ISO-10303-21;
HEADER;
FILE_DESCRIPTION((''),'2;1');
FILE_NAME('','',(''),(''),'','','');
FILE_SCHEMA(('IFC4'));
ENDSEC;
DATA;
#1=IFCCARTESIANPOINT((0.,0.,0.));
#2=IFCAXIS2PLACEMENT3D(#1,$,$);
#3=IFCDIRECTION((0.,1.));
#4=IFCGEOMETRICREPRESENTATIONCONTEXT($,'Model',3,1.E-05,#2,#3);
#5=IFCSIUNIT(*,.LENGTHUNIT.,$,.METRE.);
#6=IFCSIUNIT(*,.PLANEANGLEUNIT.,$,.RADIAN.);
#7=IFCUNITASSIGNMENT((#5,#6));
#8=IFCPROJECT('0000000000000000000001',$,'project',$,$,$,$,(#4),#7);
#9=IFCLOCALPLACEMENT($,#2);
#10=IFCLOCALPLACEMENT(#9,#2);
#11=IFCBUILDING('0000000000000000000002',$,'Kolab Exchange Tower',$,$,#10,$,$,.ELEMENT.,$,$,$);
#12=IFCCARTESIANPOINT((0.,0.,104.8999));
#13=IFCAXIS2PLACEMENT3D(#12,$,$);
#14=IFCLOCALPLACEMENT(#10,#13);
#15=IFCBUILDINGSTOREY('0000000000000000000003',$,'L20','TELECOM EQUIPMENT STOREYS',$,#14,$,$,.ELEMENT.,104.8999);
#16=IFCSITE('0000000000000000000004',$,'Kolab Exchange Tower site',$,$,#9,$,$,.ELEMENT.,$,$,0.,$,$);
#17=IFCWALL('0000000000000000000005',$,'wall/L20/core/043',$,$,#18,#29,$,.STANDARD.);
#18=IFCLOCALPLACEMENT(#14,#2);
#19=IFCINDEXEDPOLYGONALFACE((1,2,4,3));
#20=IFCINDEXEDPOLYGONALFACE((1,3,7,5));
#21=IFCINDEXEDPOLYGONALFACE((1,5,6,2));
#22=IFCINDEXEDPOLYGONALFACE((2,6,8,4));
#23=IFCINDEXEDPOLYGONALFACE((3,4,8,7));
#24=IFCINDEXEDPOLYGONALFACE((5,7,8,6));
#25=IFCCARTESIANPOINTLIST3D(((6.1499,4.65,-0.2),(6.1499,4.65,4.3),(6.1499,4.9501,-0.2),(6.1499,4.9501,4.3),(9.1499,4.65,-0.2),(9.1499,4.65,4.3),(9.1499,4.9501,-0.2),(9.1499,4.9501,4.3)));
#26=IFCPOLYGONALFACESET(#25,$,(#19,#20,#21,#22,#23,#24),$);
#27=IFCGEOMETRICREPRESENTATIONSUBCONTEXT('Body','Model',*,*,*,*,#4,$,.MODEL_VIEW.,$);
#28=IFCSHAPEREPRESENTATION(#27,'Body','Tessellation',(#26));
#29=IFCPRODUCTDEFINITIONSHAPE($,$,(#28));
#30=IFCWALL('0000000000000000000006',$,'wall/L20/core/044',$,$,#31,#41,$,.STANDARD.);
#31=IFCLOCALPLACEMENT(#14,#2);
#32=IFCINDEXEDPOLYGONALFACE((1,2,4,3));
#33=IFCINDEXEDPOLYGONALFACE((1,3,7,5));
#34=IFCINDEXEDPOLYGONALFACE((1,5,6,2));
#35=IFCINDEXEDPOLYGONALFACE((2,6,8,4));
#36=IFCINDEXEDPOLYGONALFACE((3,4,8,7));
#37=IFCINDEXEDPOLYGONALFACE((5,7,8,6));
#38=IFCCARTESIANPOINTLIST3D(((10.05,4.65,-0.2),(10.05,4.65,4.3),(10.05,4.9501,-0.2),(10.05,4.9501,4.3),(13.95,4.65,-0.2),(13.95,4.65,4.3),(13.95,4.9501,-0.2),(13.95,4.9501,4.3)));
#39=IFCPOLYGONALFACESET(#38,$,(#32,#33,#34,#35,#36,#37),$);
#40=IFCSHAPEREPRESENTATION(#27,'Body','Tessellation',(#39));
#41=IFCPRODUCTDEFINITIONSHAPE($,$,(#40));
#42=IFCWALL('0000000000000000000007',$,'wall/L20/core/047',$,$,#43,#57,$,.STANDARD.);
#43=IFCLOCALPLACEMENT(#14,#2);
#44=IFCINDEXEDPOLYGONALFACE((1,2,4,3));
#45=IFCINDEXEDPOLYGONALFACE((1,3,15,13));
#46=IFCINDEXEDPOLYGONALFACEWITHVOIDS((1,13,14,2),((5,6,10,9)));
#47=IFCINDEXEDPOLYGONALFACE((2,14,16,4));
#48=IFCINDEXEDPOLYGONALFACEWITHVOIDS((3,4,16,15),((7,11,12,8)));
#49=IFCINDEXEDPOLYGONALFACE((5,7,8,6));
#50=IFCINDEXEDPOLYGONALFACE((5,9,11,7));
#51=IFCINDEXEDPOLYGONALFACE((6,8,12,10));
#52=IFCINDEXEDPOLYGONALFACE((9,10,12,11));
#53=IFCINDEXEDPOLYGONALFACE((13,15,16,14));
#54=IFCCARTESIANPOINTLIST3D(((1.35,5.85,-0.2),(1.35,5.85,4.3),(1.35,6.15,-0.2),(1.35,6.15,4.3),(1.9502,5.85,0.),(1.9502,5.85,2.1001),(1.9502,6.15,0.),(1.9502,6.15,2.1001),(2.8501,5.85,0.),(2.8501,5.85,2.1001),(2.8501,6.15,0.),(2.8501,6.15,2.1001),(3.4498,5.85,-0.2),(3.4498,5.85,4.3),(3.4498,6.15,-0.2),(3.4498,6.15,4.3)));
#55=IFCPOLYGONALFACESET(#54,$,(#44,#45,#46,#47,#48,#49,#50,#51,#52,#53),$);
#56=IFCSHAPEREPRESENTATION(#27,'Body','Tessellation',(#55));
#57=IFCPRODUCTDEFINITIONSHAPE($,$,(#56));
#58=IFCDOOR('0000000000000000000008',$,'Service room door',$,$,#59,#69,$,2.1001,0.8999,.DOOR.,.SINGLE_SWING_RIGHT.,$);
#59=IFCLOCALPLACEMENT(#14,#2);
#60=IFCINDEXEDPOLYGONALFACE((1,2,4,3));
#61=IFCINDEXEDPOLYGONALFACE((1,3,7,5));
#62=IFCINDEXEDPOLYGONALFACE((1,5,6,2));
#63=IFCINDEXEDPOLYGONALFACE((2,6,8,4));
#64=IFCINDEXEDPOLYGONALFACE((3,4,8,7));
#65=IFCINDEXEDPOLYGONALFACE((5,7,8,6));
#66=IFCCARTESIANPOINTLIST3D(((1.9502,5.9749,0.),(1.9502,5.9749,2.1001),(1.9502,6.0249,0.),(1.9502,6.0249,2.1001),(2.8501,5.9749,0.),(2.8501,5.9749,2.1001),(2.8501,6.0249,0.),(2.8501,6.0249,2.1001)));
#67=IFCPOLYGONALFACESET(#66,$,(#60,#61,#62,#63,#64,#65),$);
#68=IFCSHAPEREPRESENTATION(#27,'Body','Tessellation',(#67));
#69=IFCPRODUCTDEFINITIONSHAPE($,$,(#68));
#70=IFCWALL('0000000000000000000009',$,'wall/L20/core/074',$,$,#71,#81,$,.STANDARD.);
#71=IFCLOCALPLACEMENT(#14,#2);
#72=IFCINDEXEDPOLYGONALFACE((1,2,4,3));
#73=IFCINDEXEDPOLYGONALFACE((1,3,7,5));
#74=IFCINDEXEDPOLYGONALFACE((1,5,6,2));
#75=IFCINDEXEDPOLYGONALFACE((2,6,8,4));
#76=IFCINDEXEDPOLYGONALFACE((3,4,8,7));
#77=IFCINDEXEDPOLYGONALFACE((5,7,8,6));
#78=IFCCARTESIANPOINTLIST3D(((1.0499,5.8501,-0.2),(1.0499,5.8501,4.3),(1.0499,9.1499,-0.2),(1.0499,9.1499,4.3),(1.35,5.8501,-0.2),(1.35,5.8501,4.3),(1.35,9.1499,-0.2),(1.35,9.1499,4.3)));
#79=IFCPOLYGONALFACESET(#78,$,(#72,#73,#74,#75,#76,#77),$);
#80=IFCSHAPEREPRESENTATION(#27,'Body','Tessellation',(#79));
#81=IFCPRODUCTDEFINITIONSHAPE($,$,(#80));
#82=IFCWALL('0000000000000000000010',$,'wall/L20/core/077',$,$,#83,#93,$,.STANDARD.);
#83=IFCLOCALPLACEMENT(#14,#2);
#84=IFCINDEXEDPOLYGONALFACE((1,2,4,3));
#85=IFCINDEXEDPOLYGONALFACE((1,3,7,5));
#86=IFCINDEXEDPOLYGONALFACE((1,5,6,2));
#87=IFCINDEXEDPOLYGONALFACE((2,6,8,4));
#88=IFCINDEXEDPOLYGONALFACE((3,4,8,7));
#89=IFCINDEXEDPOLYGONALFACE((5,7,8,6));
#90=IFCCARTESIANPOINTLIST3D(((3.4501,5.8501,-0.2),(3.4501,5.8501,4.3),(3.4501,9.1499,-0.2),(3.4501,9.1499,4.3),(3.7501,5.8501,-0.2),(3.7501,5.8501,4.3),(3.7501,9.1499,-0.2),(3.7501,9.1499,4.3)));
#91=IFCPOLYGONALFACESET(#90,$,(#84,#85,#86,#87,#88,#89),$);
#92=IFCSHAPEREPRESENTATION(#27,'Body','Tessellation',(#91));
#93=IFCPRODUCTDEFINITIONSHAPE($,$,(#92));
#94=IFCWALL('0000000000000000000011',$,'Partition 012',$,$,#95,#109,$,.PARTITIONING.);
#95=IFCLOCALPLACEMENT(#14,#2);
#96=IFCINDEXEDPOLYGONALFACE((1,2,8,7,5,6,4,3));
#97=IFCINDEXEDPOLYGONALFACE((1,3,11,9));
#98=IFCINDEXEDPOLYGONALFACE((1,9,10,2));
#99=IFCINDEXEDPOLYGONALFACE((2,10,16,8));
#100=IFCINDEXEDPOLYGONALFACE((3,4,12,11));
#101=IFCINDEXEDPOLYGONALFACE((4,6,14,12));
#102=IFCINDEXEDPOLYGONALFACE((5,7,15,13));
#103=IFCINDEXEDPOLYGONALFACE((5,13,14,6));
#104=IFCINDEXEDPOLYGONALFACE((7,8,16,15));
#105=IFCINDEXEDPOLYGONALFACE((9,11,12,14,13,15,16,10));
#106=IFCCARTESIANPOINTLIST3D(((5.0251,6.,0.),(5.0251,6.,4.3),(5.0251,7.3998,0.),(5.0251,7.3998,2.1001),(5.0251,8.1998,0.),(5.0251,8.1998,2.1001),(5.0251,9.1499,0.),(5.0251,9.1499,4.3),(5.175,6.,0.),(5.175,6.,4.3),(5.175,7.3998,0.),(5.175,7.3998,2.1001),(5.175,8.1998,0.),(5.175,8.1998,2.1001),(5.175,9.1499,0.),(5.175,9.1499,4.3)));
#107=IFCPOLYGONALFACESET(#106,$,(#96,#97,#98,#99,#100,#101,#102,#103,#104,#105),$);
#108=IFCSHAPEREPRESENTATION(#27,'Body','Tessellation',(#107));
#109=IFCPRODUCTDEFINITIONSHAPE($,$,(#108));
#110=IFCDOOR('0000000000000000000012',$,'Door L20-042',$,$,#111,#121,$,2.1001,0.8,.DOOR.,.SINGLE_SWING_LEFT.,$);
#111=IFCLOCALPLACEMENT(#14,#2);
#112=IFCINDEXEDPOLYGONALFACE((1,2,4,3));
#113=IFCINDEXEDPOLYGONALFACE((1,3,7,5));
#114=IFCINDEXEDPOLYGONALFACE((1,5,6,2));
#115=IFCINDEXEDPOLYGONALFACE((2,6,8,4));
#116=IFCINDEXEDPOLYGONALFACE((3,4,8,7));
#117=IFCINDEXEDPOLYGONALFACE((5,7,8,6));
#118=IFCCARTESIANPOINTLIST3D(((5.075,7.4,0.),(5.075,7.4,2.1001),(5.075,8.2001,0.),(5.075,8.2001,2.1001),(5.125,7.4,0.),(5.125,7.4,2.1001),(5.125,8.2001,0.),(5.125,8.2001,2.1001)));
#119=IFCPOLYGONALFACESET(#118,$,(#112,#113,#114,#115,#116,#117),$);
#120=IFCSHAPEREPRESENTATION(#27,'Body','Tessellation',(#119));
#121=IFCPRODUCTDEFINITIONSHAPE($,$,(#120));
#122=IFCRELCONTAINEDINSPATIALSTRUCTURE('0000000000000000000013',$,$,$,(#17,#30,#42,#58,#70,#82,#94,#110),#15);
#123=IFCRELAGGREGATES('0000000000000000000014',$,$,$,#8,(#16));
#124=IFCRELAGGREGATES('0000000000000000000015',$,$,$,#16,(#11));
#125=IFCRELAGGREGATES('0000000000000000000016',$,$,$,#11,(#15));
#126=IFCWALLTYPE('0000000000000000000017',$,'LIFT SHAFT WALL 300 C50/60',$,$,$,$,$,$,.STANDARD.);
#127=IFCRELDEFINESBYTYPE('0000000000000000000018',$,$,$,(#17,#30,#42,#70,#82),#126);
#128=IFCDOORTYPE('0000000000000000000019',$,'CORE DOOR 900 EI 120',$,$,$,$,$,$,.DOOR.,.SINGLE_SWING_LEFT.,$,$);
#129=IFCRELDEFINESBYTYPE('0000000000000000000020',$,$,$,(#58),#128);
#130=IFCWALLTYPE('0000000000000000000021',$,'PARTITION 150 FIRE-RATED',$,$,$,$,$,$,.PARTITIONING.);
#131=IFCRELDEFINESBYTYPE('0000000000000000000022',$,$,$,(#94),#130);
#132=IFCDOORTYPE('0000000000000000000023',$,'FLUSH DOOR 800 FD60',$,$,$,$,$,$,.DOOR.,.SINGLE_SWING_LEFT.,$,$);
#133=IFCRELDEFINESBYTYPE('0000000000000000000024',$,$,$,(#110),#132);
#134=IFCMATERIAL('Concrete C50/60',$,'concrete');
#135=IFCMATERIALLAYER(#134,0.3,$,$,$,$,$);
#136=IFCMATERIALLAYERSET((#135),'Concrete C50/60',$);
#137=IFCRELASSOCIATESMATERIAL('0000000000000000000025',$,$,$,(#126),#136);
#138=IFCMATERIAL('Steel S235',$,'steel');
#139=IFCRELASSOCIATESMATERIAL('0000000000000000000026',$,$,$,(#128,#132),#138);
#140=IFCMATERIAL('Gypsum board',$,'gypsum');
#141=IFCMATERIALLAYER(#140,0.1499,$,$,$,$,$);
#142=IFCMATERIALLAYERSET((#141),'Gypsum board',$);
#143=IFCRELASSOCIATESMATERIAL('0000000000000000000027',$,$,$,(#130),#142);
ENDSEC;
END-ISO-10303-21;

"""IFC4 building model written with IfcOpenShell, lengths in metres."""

from ifc_helpers import new_model, si_unit, direction, frame, frame_2d, origin, place, context, subcontext, project, spatial, rectangle, extrude, material, layer, layer_set, type_object, element, fill, save


model = new_model("IFC4")

# Units and contexts
model_context = context("Model", 3, precision=1e-05, world=origin(), true_north=direction((0.0, 1.0)))
body_context = subcontext(model_context, "Body", "Model", "MODEL_VIEW")
ifc_project = project(units=[si_unit("LENGTHUNIT", "METRE"), si_unit("PLANEANGLEUNIT", "RADIAN")], contexts=[model_context])

# Site, building, storey
site_placement = place(None, origin())
site = spatial("IfcSite", under=ifc_project, at=site_placement, Name="Kolab Exchange Tower site", CompositionType="ELEMENT", RefElevation=0.0)
building_placement = place(site_placement, origin())
building = spatial("IfcBuilding", under=site, at=building_placement, Name="Kolab Exchange Tower", CompositionType="ELEMENT")
storey_placement = place(building_placement, frame((0.0, 0.0, 104.8999)))
storey = spatial("IfcBuildingStorey", under=building, at=storey_placement, Name="L20", Description="TELECOM EQUIPMENT STOREYS", CompositionType="ELEMENT", Elevation=104.8999)

# Shared definitions
ifc_material_1 = material(Name="Concrete C50/60", Category="concrete")

# Shared definitions
ifc_layer_1 = layer(ifc_material_1, 0.3)
ifc_layer_set_1 = layer_set([ifc_layer_1], Name="Concrete C50/60")
wall_type_1 = type_object("IfcWallType", Name="LIFT SHAFT WALL 300 C50/60", PredefinedType="STANDARD", material=ifc_layer_set_1)

# Shared definitions
ifc_material_2 = material(Name="Steel S235", Category="steel")
door_type_1 = type_object("IfcDoorType", Name="CORE DOOR 900 EI 120", OperationType="SINGLE_SWING_LEFT", PredefinedType="DOOR", material=ifc_material_2)

# Walls
wall_1_placement = place(storey_placement, frame((6.1499, 4.8, -0.2), z_axis=(0.0, 0.0, 1.0), x_axis=(1.0, 0.0, 0.0)))
element("IfcWall", 1, at=wall_1_placement, inside=storey, type_object=wall_type_1, Name="wall/L20/core/043", PredefinedType="STANDARD", context=body_context, shape_type="SweptSolid", body=[
    extrude(rectangle(XDim=3.0, YDim=0.3, at=frame_2d((1.5, 0.0))), origin(), (0.0, 0.0, 1.0), 4.5),
])
wall_2_placement = place(storey_placement, frame((10.05, 4.8, -0.2), z_axis=(0.0, 0.0, 1.0), x_axis=(1.0, 0.0, 0.0)))
element("IfcWall", 2, at=wall_2_placement, inside=storey, type_object=wall_type_1, Name="wall/L20/core/044", PredefinedType="STANDARD", context=body_context, shape_type="SweptSolid", body=[
    extrude(rectangle(XDim=3.8999, YDim=0.3, at=frame_2d((1.95, 0.0))), origin(), (0.0, 0.0, 1.0), 4.5),
])

# Wall, opening, door
wall_3_placement = place(storey_placement, frame((1.3501, 6.0, -0.2), z_axis=(0.0, 0.0, 1.0), x_axis=(1.0, 0.0, 0.0)))
wall_3 = element("IfcWall", 3, at=wall_3_placement, inside=storey, type_object=wall_type_1, Name="wall/L20/core/047", PredefinedType="STANDARD", context=body_context, shape_type="SweptSolid", body=[
    extrude(rectangle(XDim=2.0999, YDim=0.3, at=frame_2d((1.0498, 0.0))), origin(), (0.0, 0.0, 1.0), 4.5),
])
opening_1_placement = place(wall_3_placement, frame((0.6001, 0.0, 0.2)))
opening_1 = element("IfcOpeningElement", 4, at=opening_1_placement, cuts=wall_3, PredefinedType="OPENING", context=body_context, shape_type="SweptSolid", body=[
    extrude(rectangle(XDim=0.8999, YDim=2.1001, at=frame_2d((0.45, 1.05))), frame((0.0, 0.1602, 0.0), z_axis=(0.0, -1.0, 0.0), x_axis=(1.0, 0.0, 0.0)), (0.0, 0.0, 1.0), 0.3201),
])
door_1_placement = place(opening_1_placement, origin())
door_1 = element("IfcDoor", 5, at=door_1_placement, inside=storey, type_object=door_type_1, Name="Service room door", OperationType="SINGLE_SWING_RIGHT", OverallHeight=2.1001, OverallWidth=0.8999, PredefinedType="DOOR", context=body_context, shape_type="SweptSolid", body=[
    extrude(rectangle(XDim=0.8999, YDim=2.1001, at=frame_2d((0.45, 1.05))), frame((0.0, 0.0249, 0.0), z_axis=(0.0, -1.0, 0.0), x_axis=(1.0, 0.0, 0.0)), (0.0, 0.0, 1.0), 0.05),
])
fill(opening_1, door_1)

# Walls
for number, where, z_axis, x_axis, name in (
    (6, (1.2, 5.8501, -0.2), (0.0, 0.0, 1.0), (0.0, 1.0, 0.0), "wall/L20/core/074"),
    (7, (3.6001, 5.8501, -0.2), (0.0, 0.0, 1.0), (0.0, 1.0, 0.0), "wall/L20/core/077"),
):
    element("IfcWall", number, at=place(storey_placement, frame(where, z_axis=z_axis, x_axis=x_axis)), inside=storey, type_object=wall_type_1, Name=name, PredefinedType="STANDARD", context=body_context, shape_type="SweptSolid", body=[
        extrude(rectangle(XDim=3.2998, YDim=0.3, at=frame_2d((1.6499, 0.0))), origin(), (0.0, 0.0, 1.0), 4.5),
    ])

# Wall, opening, door
ifc_material_3 = material(Name="Gypsum board", Category="gypsum")
ifc_layer_2 = layer(ifc_material_3, 0.1499)
ifc_layer_set_2 = layer_set([ifc_layer_2], Name="Gypsum board")
wall_type_2 = type_object("IfcWallType", Name="PARTITION 150 FIRE-RATED", PredefinedType="PARTITIONING", material=ifc_layer_set_2)
wall_4_placement = place(storey_placement, frame((5.1001, 6.0, 0.0), z_axis=(0.0, 0.0, 1.0), x_axis=(0.0, 1.0, 0.0)))
wall_4 = element("IfcWall", 8, at=wall_4_placement, inside=storey, type_object=wall_type_2, Name="Partition 012", PredefinedType="PARTITIONING", context=body_context, shape_type="SweptSolid", body=[
    extrude(rectangle(XDim=3.1499, YDim=0.1499, at=frame_2d((1.575, 0.0))), origin(), (0.0, 0.0, 1.0), 4.3),
])
opening_2_placement = place(wall_4_placement, frame((1.3999, 0.0, 0.0)))
opening_2 = element("IfcOpeningElement", 9, at=opening_2_placement, cuts=wall_4, PredefinedType="OPENING", context=body_context, shape_type="SweptSolid", body=[
    extrude(rectangle(XDim=0.8, YDim=2.1001, at=frame_2d((0.3999, 1.05))), frame((0.0, 0.085, 0.0), z_axis=(0.0, -1.0, 0.0), x_axis=(1.0, 0.0, 0.0)), (0.0, 0.0, 1.0), 0.1699),
])
door_type_2 = type_object("IfcDoorType", Name="FLUSH DOOR 800 FD60", OperationType="SINGLE_SWING_LEFT", PredefinedType="DOOR", material=ifc_material_2)
door_2_placement = place(opening_2_placement, frame((0.8, 0.0, 0.0), z_axis=(0.0, 0.0, 1.0), x_axis=(-1.0, 0.0, 0.0)))
door_2 = element("IfcDoor", 10, at=door_2_placement, inside=storey, type_object=door_type_2, Name="Door L20-042", OperationType="SINGLE_SWING_LEFT", OverallHeight=2.1001, OverallWidth=0.8, PredefinedType="DOOR", context=body_context, shape_type="SweptSolid", body=[
    extrude(rectangle(XDim=0.8, YDim=2.1001, at=frame_2d((0.3999, 1.05))), frame((0.0, 0.0249, 0.0), z_axis=(0.0, -1.0, 0.0), x_axis=(1.0, 0.0, 0.0)), (0.0, 0.0, 1.0), 0.05),
])
fill(opening_2, door_2)

save(model, "model.ifc")
